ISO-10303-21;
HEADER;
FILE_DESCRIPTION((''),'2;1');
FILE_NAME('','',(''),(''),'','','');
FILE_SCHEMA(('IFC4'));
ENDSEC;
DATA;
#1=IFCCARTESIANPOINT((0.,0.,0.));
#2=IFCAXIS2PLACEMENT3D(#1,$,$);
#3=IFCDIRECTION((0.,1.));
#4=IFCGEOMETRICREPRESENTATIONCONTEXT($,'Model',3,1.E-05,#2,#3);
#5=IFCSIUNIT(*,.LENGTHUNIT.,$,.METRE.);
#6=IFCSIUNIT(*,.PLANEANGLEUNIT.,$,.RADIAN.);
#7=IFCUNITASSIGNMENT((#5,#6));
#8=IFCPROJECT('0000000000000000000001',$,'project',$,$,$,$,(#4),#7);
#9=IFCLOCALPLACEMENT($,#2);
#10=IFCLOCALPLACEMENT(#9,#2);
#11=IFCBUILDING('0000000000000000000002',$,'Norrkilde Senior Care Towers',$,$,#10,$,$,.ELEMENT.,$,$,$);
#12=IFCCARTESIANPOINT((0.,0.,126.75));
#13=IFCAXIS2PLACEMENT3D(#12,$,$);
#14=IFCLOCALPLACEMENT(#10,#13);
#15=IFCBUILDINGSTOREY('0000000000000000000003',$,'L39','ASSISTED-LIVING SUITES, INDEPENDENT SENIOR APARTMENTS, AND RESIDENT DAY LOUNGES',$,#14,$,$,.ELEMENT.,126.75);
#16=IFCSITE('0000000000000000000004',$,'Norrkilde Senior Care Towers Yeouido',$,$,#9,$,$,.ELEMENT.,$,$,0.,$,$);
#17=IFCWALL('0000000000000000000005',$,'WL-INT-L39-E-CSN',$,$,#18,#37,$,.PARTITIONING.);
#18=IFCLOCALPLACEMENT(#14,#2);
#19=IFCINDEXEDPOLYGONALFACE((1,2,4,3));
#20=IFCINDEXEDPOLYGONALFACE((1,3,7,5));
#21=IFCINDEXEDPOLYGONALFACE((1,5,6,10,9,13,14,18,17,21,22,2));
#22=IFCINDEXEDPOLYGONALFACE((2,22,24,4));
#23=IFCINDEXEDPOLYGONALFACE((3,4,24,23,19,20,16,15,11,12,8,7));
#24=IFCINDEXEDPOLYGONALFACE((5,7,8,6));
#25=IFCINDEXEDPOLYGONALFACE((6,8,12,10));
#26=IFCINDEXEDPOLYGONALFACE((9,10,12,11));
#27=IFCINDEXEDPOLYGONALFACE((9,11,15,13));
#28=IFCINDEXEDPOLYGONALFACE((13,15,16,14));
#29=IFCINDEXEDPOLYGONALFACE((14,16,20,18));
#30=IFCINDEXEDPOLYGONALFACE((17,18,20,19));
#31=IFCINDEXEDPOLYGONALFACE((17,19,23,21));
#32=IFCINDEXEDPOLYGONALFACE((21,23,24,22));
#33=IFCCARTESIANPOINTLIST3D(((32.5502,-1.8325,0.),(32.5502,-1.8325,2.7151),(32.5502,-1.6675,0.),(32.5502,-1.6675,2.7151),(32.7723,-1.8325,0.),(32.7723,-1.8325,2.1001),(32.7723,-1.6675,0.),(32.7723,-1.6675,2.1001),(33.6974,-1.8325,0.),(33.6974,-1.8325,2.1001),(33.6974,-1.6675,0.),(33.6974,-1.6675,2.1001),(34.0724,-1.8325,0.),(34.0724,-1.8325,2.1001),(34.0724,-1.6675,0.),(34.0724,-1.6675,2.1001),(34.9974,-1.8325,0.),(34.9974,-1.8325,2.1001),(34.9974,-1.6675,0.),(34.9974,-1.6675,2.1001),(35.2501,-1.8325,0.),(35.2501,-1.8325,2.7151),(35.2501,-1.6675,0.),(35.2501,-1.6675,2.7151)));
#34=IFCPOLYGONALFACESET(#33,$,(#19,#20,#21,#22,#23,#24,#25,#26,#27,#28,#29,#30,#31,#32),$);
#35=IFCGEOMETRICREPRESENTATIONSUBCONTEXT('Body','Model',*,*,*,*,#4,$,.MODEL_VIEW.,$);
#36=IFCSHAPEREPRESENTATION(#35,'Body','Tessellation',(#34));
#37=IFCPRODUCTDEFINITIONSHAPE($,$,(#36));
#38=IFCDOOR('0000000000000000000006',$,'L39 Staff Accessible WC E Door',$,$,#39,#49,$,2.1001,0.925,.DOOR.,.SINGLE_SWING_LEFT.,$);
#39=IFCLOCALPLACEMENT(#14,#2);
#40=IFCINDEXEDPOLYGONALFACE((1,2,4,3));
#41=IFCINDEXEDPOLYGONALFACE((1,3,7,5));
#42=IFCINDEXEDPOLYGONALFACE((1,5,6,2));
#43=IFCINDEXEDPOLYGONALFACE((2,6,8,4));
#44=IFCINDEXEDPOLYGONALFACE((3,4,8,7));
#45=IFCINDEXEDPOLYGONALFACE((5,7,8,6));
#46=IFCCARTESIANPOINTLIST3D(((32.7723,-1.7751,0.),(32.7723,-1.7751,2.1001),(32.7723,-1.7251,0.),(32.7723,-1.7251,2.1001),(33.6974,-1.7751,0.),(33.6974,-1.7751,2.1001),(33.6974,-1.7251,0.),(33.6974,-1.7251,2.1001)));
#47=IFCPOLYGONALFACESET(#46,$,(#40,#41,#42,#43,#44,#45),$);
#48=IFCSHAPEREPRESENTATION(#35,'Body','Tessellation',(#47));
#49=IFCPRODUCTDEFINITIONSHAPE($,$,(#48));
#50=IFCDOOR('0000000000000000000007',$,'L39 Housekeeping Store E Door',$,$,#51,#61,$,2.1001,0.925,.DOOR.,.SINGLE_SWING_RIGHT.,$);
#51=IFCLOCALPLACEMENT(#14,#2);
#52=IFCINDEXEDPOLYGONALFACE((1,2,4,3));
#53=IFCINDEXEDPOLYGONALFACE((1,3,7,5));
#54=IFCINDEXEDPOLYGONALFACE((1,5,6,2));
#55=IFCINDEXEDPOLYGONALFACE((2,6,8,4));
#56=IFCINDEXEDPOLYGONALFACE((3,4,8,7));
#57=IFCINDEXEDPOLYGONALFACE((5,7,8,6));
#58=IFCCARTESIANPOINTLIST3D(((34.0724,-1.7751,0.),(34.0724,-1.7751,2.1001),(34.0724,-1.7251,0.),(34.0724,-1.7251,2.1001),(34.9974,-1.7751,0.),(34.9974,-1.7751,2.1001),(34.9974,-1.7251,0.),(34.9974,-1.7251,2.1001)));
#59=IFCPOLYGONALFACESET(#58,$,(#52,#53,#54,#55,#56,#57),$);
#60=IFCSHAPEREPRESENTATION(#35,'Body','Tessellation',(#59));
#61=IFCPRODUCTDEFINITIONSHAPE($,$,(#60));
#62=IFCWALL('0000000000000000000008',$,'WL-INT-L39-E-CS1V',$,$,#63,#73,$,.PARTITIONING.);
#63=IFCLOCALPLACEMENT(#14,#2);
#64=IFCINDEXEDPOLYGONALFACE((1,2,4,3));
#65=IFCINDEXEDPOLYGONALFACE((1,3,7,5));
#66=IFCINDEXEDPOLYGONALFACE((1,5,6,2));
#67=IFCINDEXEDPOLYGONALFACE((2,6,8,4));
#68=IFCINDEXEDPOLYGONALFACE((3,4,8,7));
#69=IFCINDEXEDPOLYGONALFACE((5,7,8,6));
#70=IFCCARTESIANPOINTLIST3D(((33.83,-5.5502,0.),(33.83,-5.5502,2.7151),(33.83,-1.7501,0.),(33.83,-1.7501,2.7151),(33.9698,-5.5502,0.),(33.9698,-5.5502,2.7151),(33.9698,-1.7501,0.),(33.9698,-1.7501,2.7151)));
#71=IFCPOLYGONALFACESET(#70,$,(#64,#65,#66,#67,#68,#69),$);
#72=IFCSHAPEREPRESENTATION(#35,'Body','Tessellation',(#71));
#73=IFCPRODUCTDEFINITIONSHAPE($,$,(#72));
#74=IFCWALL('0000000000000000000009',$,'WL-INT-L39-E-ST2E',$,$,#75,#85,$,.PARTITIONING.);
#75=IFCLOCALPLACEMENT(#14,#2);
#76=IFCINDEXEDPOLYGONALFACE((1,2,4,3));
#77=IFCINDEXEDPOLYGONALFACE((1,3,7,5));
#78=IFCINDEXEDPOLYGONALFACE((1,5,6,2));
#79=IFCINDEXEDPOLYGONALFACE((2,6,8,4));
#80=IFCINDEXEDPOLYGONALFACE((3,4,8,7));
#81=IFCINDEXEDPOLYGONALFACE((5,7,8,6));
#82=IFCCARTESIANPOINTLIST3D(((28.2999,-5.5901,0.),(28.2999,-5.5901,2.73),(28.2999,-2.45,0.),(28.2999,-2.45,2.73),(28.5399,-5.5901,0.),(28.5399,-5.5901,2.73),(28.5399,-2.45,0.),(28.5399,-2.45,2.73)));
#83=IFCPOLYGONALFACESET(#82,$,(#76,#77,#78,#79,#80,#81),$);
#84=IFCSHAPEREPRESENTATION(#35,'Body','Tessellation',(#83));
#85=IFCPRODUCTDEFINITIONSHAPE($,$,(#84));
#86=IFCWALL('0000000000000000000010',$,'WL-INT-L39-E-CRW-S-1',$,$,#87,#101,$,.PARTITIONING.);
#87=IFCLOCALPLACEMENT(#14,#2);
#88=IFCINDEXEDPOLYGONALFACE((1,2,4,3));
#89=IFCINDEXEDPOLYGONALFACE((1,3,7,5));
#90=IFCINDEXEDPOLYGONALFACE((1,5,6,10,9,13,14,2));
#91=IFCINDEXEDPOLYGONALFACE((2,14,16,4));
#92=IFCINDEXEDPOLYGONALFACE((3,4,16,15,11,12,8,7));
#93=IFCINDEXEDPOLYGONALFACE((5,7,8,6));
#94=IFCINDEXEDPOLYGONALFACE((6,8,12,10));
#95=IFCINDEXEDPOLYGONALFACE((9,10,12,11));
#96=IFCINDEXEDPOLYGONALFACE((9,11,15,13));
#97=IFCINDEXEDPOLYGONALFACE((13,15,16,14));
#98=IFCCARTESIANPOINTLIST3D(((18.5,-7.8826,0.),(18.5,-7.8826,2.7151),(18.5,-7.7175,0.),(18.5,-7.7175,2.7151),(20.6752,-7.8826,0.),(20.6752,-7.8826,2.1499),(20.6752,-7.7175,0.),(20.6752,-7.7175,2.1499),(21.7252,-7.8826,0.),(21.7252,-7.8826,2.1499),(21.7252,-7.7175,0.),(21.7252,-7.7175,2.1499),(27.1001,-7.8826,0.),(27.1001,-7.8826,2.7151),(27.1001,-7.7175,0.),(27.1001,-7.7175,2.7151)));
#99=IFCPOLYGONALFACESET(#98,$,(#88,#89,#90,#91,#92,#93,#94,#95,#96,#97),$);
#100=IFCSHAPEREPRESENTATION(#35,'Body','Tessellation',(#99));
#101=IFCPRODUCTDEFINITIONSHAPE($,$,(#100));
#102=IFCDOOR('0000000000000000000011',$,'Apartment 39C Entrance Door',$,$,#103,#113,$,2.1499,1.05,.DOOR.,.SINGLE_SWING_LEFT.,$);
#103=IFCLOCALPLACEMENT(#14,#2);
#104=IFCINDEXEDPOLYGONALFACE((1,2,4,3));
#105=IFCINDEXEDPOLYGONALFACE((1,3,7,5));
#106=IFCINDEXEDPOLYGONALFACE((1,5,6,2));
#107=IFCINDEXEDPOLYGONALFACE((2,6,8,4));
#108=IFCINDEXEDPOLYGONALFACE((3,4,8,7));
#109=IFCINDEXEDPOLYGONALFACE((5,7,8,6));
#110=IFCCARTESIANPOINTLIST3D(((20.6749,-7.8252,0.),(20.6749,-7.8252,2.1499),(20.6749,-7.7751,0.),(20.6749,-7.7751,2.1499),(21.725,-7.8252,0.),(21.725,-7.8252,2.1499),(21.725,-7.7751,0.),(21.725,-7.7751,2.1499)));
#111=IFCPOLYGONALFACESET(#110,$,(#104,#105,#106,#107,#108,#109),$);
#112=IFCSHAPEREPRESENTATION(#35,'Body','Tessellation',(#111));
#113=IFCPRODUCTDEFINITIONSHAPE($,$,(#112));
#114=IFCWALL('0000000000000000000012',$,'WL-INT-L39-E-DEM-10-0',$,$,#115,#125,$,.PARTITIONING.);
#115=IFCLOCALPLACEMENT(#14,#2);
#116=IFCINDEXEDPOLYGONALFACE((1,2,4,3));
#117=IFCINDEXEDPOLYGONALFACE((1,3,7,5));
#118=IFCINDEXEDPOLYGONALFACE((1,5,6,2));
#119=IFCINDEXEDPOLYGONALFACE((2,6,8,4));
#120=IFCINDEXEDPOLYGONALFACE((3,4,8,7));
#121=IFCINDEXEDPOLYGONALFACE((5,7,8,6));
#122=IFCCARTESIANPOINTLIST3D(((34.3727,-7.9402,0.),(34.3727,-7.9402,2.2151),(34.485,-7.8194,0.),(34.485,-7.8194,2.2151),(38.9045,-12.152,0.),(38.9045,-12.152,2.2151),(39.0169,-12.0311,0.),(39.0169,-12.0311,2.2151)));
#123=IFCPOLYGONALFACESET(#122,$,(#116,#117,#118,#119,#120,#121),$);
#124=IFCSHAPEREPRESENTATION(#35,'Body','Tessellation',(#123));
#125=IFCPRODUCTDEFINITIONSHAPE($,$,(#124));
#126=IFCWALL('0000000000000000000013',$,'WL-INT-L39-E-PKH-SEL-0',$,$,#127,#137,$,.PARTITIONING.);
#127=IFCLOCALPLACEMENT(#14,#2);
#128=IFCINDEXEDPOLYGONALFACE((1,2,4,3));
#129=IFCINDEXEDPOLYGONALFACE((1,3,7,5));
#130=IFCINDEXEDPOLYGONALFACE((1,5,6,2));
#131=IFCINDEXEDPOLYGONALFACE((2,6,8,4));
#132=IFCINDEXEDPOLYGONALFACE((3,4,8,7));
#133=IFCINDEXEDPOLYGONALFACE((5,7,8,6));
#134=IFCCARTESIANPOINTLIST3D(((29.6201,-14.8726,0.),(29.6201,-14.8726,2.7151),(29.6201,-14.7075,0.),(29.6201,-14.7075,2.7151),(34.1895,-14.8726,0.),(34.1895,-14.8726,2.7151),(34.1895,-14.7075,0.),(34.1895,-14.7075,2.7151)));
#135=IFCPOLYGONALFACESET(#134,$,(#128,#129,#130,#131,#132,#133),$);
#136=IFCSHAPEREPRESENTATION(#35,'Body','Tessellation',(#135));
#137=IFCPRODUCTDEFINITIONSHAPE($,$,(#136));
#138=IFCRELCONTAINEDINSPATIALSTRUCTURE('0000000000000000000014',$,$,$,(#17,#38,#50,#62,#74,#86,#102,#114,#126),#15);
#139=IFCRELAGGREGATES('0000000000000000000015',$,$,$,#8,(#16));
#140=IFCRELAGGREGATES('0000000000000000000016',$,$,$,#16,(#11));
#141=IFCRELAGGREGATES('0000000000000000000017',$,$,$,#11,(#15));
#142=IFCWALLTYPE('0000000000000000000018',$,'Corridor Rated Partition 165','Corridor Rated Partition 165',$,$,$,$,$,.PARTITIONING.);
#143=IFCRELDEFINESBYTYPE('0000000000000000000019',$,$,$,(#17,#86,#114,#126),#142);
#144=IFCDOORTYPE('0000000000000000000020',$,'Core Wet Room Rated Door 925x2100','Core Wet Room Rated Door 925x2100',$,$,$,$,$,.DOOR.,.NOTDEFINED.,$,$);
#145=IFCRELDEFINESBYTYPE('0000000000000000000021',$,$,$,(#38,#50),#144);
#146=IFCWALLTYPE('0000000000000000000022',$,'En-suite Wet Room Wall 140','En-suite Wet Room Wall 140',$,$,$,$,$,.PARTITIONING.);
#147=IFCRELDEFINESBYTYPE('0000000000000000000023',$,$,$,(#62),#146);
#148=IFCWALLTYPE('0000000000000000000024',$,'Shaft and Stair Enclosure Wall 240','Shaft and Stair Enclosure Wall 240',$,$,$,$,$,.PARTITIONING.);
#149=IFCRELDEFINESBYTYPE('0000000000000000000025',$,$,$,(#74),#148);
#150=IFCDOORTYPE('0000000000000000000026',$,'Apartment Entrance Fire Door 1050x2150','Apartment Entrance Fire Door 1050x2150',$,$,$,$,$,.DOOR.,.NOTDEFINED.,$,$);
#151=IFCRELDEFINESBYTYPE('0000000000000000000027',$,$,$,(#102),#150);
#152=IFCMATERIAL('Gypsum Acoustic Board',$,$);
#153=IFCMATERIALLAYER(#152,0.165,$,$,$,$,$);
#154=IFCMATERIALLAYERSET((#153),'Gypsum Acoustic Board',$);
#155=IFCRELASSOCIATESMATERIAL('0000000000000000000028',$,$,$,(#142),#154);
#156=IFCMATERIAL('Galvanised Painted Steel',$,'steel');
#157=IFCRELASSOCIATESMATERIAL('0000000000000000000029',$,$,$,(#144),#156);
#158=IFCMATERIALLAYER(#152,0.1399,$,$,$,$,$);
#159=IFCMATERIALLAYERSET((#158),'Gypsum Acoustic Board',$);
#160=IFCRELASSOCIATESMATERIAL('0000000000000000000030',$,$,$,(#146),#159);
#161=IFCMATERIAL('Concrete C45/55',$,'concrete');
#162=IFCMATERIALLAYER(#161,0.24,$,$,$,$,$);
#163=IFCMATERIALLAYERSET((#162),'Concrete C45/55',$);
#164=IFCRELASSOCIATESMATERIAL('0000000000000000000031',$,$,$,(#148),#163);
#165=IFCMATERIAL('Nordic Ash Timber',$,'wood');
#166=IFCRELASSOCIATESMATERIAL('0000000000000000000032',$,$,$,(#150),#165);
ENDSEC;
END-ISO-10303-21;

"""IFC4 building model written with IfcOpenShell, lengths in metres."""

from ifc_helpers import new_model, si_unit, direction, frame, frame_2d, origin, place, context, subcontext, project, spatial, rectangle, extrude, source, transform, mapped, material, layer, layer_set, type_object, type_shapes, element, fill, save


model = new_model("IFC4")

# Units and contexts
model_context = context("Model", 3, precision=1e-05, world=origin(), true_north=direction((0.0, 1.0)))
body_context = subcontext(model_context, "Body", "Model", "MODEL_VIEW")
ifc_project = project(units=[si_unit("LENGTHUNIT", "METRE"), si_unit("PLANEANGLEUNIT", "RADIAN")], contexts=[model_context])

# Site, building, storey
site_placement = place(None, origin())
site = spatial("IfcSite", under=ifc_project, at=site_placement, Name="Norrkilde Senior Care Towers Yeouido", CompositionType="ELEMENT", RefElevation=0.0)
building_placement = place(site_placement, origin())
building = spatial("IfcBuilding", under=site, at=building_placement, Name="Norrkilde Senior Care Towers", CompositionType="ELEMENT")
storey_placement = place(building_placement, frame((0.0, 0.0, 126.75)))
storey = spatial("IfcBuildingStorey", under=building, at=storey_placement, Name="L39", Description="ASSISTED-LIVING SUITES, INDEPENDENT SENIOR APARTMENTS, AND RESIDENT DAY LOUNGES", CompositionType="ELEMENT", Elevation=126.75)

# Shared definitions
ifc_material_1 = material(Name="Concrete C45/55", Category="concrete")

# Wall, openings, doors
ifc_material_2 = material(Name="Gypsum Acoustic Board")
ifc_layer_1 = layer(ifc_material_2, 0.165)
ifc_layer_set_1 = layer_set([ifc_layer_1], Name="Gypsum Acoustic Board")
wall_type_1 = type_object("IfcWallType", Name="Corridor Rated Partition 165", Description="Corridor Rated Partition 165", PredefinedType="PARTITIONING", material=ifc_layer_set_1)
shared_shape_1 = source(origin(), body_context, "Body", "SweptSolid", [
    extrude(rectangle(XDim=2.7, YDim=0.165, at=frame_2d((1.3501, 0.0))), origin(), (0.0, 0.0, 1.0), 2.7151),
])
wall_1_placement = place(storey_placement, frame((32.55, -1.75, 0.0), z_axis=(0.0, 0.0, 1.0), x_axis=(1.0, 0.0, 0.0)))
wall_1 = element("IfcWall", 1, at=wall_1_placement, inside=storey, type_object=wall_type_1, Name="WL-INT-L39-E-CSN", PredefinedType="PARTITIONING", context=body_context, shape_type="MappedRepresentation", body=[
    mapped(shared_shape_1, transform((0.0, 0.0, 0.0), x_axis=(1.0, 0.0, 0.0), y_axis=(0.0, 1.0, 0.0), z_axis=(0.0, 0.0, 1.0), scale=1.0)),
])
opening_1_placement = place(wall_1_placement, frame((0.2224, 0.0, 0.0)))
opening_1 = element("IfcOpeningElement", 2, at=opening_1_placement, cuts=wall_1, PredefinedType="OPENING", context=body_context, shape_type="SweptSolid", body=[
    extrude(rectangle(XDim=0.925, YDim=2.1001, at=frame_2d((0.4624, 1.05))), frame((0.0, 0.0925, 0.0), z_axis=(0.0, -1.0, 0.0), x_axis=(1.0, 0.0, 0.0)), (0.0, 0.0, 1.0), 0.1851),
])
opening_2_placement = place(wall_1_placement, frame((1.5225, 0.0, 0.0)))
opening_2 = element("IfcOpeningElement", 3, at=opening_2_placement, cuts=wall_1, PredefinedType="OPENING", context=body_context, shape_type="SweptSolid", body=[
    extrude(rectangle(XDim=0.925, YDim=2.1001, at=frame_2d((0.4624, 1.05))), frame((0.0, 0.0925, 0.0), z_axis=(0.0, -1.0, 0.0), x_axis=(1.0, 0.0, 0.0)), (0.0, 0.0, 1.0), 0.1851),
])
ifc_material_3 = material(Name="Galvanised Painted Steel", Category="steel")
door_type_1 = type_object("IfcDoorType", Name="Core Wet Room Rated Door 925x2100", Description="Core Wet Room Rated Door 925x2100", OperationType="NOTDEFINED", PredefinedType="DOOR", material=ifc_material_3)
shared_shape_2 = source(origin(), body_context, "Body", "SweptSolid", [
    extrude(rectangle(XDim=0.925, YDim=2.1001, at=frame_2d((0.4624, 1.05))), frame((0.0, 0.0249, 0.0), z_axis=(0.0, -1.0, 0.0), x_axis=(1.0, 0.0, 0.0)), (0.0, 0.0, 1.0), 0.05),
])
type_shapes(door_type_1, [shared_shape_2])
door_1_placement = place(opening_1_placement, origin())
door_1 = element("IfcDoor", 4, at=door_1_placement, inside=storey, type_object=door_type_1, Name="L39 Staff Accessible WC E Door", OperationType="SINGLE_SWING_LEFT", OverallHeight=2.1001, OverallWidth=0.925, PredefinedType="DOOR", context=body_context, shape_type="MappedRepresentation", body=[
    mapped(shared_shape_2, transform((0.0, 0.0, 0.0), x_axis=(1.0, 0.0, 0.0), y_axis=(0.0, 1.0, 0.0), z_axis=(0.0, 0.0, 1.0), scale=1.0)),
])
fill(opening_1, door_1)
door_2_placement = place(opening_2_placement, origin())
door_2 = element("IfcDoor", 5, at=door_2_placement, inside=storey, type_object=door_type_1, Name="L39 Housekeeping Store E Door", OperationType="SINGLE_SWING_RIGHT", OverallHeight=2.1001, OverallWidth=0.925, PredefinedType="DOOR", context=body_context, shape_type="MappedRepresentation", body=[
    mapped(shared_shape_2, transform((0.0, 0.0, 0.0), x_axis=(1.0, 0.0, 0.0), y_axis=(0.0, 1.0, 0.0), z_axis=(0.0, 0.0, 1.0), scale=1.0)),
])
fill(opening_2, door_2)

# Walls
ifc_layer_2 = layer(ifc_material_2, 0.1399)
ifc_layer_set_2 = layer_set([ifc_layer_2], Name="Gypsum Acoustic Board")
wall_type_2 = type_object("IfcWallType", Name="En-suite Wet Room Wall 140", Description="En-suite Wet Room Wall 140", PredefinedType="PARTITIONING", material=ifc_layer_set_2)
shared_shape_3 = source(origin(), body_context, "Body", "SweptSolid", [
    extrude(rectangle(XDim=3.8, YDim=0.1399, at=frame_2d((1.8999, 0.0))), origin(), (0.0, 0.0, 1.0), 2.7151),
])
type_shapes(wall_type_2, [shared_shape_3])
wall_2_placement = place(storey_placement, frame((33.8999, -5.55, 0.0), z_axis=(0.0, 0.0, 1.0), x_axis=(0.0, 1.0, 0.0)))
element("IfcWall", 6, at=wall_2_placement, inside=storey, type_object=wall_type_2, Name="WL-INT-L39-E-CS1V", PredefinedType="PARTITIONING", context=body_context, shape_type="MappedRepresentation", body=[
    mapped(shared_shape_3, transform((0.0, 0.0, 0.0), x_axis=(1.0, 0.0, 0.0), y_axis=(0.0, 1.0, 0.0), z_axis=(0.0, 0.0, 1.0), scale=1.0)),
])
ifc_layer_3 = layer(ifc_material_1, 0.24)
ifc_layer_set_3 = layer_set([ifc_layer_3], Name="Concrete C45/55")
wall_type_3 = type_object("IfcWallType", Name="Shaft and Stair Enclosure Wall 240", Description="Shaft and Stair Enclosure Wall 240", PredefinedType="PARTITIONING", material=ifc_layer_set_3)
shared_shape_4 = source(origin(), body_context, "Body", "SweptSolid", [
    extrude(rectangle(XDim=3.1401, YDim=0.24, at=frame_2d((1.5701, 0.0))), origin(), (0.0, 0.0, 1.0), 2.73),
])
type_shapes(wall_type_3, [shared_shape_4])
wall_3_placement = place(storey_placement, frame((28.4199, -5.5901, 0.0), z_axis=(0.0, 0.0, 1.0), x_axis=(0.0, 1.0, 0.0)))
element("IfcWall", 7, at=wall_3_placement, inside=storey, type_object=wall_type_3, Name="WL-INT-L39-E-ST2E", PredefinedType="PARTITIONING", context=body_context, shape_type="MappedRepresentation", body=[
    mapped(shared_shape_4, transform((0.0, 0.0, 0.0), x_axis=(1.0, 0.0, 0.0), y_axis=(0.0, 1.0, 0.0), z_axis=(0.0, 0.0, 1.0), scale=1.0)),
])

# Wall, opening, door
shared_shape_5 = source(origin(), body_context, "Body", "SweptSolid", [
    extrude(rectangle(XDim=8.6001, YDim=0.165, at=frame_2d((4.3, 0.0))), origin(), (0.0, 0.0, 1.0), 2.7151),
])
wall_4_placement = place(storey_placement, frame((27.1001, -7.8, 0.0), z_axis=(0.0, 0.0, 1.0), x_axis=(-1.0, 0.0, 0.0)))
wall_4 = element("IfcWall", 8, at=wall_4_placement, inside=storey, type_object=wall_type_1, Name="WL-INT-L39-E-CRW-S-1", PredefinedType="PARTITIONING", context=body_context, shape_type="MappedRepresentation", body=[
    mapped(shared_shape_5, transform((0.0, 0.0, 0.0), x_axis=(1.0, 0.0, 0.0), y_axis=(0.0, 1.0, 0.0), z_axis=(0.0, 0.0, 1.0), scale=1.0)),
])
opening_3_placement = place(wall_4_placement, frame((5.375, 0.0, 0.0)))
opening_3 = element("IfcOpeningElement", 9, at=opening_3_placement, cuts=wall_4, PredefinedType="OPENING", context=body_context, shape_type="SweptSolid", body=[
    extrude(rectangle(XDim=1.05, YDim=2.1499, at=frame_2d((0.5249, 1.075))), frame((0.0, 0.0925, 0.0), z_axis=(0.0, -1.0, 0.0), x_axis=(1.0, 0.0, 0.0)), (0.0, 0.0, 1.0), 0.1851),
])
ifc_material_4 = material(Name="Nordic Ash Timber", Category="wood")
door_type_2 = type_object("IfcDoorType", Name="Apartment Entrance Fire Door 1050x2150", Description="Apartment Entrance Fire Door 1050x2150", OperationType="NOTDEFINED", PredefinedType="DOOR", material=ifc_material_4)
shared_shape_6 = source(origin(), body_context, "Body", "SweptSolid", [
    extrude(rectangle(XDim=1.05, YDim=2.1499, at=frame_2d((0.5249, 1.075))), frame((0.0, 0.0249, 0.0), z_axis=(0.0, -1.0, 0.0), x_axis=(1.0, 0.0, 0.0)), (0.0, 0.0, 1.0), 0.05),
])
type_shapes(door_type_2, [shared_shape_6])
door_3_placement = place(opening_3_placement, frame((1.05, 0.0, 0.0), z_axis=(0.0, 0.0, 1.0), x_axis=(-1.0, 0.0, 0.0)))
door_3 = element("IfcDoor", 10, at=door_3_placement, inside=storey, type_object=door_type_2, Name="Apartment 39C Entrance Door", OperationType="SINGLE_SWING_LEFT", OverallHeight=2.1499, OverallWidth=1.05, PredefinedType="DOOR", context=body_context, shape_type="MappedRepresentation", body=[
    mapped(shared_shape_6, transform((0.0, 0.0, 0.0), x_axis=(1.0, 0.0, 0.0), y_axis=(0.0, 1.0, 0.0), z_axis=(0.0, 0.0, 1.0), scale=1.0)),
])
fill(opening_3, door_3)

# Wall
shared_shape_7 = source(origin(), body_context, "Body", "SweptSolid", [
    extrude(rectangle(XDim=6.1868, YDim=0.165, at=frame_2d((3.0933, 0.0))), origin(), (0.0, 0.0, 1.0), 2.2151),
])
wall_5_placement = place(storey_placement, frame((34.429, -7.8799, 0.0), z_axis=(0.0, 0.0, 1.0), x_axis=(0.732501, -0.680766, 0.0)))
element("IfcWall", 11, at=wall_5_placement, inside=storey, type_object=wall_type_1, Name="WL-INT-L39-E-DEM-10-0", PredefinedType="PARTITIONING", context=body_context, shape_type="MappedRepresentation", body=[
    mapped(shared_shape_7, transform((0.0, 0.0, 0.0), x_axis=(1.0, 0.0, 0.0), y_axis=(0.0, 1.0, 0.0), z_axis=(0.0, 0.0, 1.0), scale=1.0)),
])

# Wall
shared_shape_8 = source(origin(), body_context, "Body", "SweptSolid", [
    extrude(rectangle(XDim=4.5693, YDim=0.165, at=frame_2d((2.2847, 0.0))), origin(), (0.0, 0.0, 1.0), 2.7151),
])
wall_6_placement = place(storey_placement, frame((29.6201, -14.79, 0.0), z_axis=(0.0, 0.0, 1.0), x_axis=(1.0, 0.0, 0.0)))
element("IfcWall", 12, at=wall_6_placement, inside=storey, type_object=wall_type_1, Name="WL-INT-L39-E-PKH-SEL-0", PredefinedType="PARTITIONING", context=body_context, shape_type="MappedRepresentation", body=[
    mapped(shared_shape_8, transform((0.0, 0.0, 0.0), x_axis=(1.0, 0.0, 0.0), y_axis=(0.0, 1.0, 0.0), z_axis=(0.0, 0.0, 1.0), scale=1.0)),
])

save(model, "model.ifc")
